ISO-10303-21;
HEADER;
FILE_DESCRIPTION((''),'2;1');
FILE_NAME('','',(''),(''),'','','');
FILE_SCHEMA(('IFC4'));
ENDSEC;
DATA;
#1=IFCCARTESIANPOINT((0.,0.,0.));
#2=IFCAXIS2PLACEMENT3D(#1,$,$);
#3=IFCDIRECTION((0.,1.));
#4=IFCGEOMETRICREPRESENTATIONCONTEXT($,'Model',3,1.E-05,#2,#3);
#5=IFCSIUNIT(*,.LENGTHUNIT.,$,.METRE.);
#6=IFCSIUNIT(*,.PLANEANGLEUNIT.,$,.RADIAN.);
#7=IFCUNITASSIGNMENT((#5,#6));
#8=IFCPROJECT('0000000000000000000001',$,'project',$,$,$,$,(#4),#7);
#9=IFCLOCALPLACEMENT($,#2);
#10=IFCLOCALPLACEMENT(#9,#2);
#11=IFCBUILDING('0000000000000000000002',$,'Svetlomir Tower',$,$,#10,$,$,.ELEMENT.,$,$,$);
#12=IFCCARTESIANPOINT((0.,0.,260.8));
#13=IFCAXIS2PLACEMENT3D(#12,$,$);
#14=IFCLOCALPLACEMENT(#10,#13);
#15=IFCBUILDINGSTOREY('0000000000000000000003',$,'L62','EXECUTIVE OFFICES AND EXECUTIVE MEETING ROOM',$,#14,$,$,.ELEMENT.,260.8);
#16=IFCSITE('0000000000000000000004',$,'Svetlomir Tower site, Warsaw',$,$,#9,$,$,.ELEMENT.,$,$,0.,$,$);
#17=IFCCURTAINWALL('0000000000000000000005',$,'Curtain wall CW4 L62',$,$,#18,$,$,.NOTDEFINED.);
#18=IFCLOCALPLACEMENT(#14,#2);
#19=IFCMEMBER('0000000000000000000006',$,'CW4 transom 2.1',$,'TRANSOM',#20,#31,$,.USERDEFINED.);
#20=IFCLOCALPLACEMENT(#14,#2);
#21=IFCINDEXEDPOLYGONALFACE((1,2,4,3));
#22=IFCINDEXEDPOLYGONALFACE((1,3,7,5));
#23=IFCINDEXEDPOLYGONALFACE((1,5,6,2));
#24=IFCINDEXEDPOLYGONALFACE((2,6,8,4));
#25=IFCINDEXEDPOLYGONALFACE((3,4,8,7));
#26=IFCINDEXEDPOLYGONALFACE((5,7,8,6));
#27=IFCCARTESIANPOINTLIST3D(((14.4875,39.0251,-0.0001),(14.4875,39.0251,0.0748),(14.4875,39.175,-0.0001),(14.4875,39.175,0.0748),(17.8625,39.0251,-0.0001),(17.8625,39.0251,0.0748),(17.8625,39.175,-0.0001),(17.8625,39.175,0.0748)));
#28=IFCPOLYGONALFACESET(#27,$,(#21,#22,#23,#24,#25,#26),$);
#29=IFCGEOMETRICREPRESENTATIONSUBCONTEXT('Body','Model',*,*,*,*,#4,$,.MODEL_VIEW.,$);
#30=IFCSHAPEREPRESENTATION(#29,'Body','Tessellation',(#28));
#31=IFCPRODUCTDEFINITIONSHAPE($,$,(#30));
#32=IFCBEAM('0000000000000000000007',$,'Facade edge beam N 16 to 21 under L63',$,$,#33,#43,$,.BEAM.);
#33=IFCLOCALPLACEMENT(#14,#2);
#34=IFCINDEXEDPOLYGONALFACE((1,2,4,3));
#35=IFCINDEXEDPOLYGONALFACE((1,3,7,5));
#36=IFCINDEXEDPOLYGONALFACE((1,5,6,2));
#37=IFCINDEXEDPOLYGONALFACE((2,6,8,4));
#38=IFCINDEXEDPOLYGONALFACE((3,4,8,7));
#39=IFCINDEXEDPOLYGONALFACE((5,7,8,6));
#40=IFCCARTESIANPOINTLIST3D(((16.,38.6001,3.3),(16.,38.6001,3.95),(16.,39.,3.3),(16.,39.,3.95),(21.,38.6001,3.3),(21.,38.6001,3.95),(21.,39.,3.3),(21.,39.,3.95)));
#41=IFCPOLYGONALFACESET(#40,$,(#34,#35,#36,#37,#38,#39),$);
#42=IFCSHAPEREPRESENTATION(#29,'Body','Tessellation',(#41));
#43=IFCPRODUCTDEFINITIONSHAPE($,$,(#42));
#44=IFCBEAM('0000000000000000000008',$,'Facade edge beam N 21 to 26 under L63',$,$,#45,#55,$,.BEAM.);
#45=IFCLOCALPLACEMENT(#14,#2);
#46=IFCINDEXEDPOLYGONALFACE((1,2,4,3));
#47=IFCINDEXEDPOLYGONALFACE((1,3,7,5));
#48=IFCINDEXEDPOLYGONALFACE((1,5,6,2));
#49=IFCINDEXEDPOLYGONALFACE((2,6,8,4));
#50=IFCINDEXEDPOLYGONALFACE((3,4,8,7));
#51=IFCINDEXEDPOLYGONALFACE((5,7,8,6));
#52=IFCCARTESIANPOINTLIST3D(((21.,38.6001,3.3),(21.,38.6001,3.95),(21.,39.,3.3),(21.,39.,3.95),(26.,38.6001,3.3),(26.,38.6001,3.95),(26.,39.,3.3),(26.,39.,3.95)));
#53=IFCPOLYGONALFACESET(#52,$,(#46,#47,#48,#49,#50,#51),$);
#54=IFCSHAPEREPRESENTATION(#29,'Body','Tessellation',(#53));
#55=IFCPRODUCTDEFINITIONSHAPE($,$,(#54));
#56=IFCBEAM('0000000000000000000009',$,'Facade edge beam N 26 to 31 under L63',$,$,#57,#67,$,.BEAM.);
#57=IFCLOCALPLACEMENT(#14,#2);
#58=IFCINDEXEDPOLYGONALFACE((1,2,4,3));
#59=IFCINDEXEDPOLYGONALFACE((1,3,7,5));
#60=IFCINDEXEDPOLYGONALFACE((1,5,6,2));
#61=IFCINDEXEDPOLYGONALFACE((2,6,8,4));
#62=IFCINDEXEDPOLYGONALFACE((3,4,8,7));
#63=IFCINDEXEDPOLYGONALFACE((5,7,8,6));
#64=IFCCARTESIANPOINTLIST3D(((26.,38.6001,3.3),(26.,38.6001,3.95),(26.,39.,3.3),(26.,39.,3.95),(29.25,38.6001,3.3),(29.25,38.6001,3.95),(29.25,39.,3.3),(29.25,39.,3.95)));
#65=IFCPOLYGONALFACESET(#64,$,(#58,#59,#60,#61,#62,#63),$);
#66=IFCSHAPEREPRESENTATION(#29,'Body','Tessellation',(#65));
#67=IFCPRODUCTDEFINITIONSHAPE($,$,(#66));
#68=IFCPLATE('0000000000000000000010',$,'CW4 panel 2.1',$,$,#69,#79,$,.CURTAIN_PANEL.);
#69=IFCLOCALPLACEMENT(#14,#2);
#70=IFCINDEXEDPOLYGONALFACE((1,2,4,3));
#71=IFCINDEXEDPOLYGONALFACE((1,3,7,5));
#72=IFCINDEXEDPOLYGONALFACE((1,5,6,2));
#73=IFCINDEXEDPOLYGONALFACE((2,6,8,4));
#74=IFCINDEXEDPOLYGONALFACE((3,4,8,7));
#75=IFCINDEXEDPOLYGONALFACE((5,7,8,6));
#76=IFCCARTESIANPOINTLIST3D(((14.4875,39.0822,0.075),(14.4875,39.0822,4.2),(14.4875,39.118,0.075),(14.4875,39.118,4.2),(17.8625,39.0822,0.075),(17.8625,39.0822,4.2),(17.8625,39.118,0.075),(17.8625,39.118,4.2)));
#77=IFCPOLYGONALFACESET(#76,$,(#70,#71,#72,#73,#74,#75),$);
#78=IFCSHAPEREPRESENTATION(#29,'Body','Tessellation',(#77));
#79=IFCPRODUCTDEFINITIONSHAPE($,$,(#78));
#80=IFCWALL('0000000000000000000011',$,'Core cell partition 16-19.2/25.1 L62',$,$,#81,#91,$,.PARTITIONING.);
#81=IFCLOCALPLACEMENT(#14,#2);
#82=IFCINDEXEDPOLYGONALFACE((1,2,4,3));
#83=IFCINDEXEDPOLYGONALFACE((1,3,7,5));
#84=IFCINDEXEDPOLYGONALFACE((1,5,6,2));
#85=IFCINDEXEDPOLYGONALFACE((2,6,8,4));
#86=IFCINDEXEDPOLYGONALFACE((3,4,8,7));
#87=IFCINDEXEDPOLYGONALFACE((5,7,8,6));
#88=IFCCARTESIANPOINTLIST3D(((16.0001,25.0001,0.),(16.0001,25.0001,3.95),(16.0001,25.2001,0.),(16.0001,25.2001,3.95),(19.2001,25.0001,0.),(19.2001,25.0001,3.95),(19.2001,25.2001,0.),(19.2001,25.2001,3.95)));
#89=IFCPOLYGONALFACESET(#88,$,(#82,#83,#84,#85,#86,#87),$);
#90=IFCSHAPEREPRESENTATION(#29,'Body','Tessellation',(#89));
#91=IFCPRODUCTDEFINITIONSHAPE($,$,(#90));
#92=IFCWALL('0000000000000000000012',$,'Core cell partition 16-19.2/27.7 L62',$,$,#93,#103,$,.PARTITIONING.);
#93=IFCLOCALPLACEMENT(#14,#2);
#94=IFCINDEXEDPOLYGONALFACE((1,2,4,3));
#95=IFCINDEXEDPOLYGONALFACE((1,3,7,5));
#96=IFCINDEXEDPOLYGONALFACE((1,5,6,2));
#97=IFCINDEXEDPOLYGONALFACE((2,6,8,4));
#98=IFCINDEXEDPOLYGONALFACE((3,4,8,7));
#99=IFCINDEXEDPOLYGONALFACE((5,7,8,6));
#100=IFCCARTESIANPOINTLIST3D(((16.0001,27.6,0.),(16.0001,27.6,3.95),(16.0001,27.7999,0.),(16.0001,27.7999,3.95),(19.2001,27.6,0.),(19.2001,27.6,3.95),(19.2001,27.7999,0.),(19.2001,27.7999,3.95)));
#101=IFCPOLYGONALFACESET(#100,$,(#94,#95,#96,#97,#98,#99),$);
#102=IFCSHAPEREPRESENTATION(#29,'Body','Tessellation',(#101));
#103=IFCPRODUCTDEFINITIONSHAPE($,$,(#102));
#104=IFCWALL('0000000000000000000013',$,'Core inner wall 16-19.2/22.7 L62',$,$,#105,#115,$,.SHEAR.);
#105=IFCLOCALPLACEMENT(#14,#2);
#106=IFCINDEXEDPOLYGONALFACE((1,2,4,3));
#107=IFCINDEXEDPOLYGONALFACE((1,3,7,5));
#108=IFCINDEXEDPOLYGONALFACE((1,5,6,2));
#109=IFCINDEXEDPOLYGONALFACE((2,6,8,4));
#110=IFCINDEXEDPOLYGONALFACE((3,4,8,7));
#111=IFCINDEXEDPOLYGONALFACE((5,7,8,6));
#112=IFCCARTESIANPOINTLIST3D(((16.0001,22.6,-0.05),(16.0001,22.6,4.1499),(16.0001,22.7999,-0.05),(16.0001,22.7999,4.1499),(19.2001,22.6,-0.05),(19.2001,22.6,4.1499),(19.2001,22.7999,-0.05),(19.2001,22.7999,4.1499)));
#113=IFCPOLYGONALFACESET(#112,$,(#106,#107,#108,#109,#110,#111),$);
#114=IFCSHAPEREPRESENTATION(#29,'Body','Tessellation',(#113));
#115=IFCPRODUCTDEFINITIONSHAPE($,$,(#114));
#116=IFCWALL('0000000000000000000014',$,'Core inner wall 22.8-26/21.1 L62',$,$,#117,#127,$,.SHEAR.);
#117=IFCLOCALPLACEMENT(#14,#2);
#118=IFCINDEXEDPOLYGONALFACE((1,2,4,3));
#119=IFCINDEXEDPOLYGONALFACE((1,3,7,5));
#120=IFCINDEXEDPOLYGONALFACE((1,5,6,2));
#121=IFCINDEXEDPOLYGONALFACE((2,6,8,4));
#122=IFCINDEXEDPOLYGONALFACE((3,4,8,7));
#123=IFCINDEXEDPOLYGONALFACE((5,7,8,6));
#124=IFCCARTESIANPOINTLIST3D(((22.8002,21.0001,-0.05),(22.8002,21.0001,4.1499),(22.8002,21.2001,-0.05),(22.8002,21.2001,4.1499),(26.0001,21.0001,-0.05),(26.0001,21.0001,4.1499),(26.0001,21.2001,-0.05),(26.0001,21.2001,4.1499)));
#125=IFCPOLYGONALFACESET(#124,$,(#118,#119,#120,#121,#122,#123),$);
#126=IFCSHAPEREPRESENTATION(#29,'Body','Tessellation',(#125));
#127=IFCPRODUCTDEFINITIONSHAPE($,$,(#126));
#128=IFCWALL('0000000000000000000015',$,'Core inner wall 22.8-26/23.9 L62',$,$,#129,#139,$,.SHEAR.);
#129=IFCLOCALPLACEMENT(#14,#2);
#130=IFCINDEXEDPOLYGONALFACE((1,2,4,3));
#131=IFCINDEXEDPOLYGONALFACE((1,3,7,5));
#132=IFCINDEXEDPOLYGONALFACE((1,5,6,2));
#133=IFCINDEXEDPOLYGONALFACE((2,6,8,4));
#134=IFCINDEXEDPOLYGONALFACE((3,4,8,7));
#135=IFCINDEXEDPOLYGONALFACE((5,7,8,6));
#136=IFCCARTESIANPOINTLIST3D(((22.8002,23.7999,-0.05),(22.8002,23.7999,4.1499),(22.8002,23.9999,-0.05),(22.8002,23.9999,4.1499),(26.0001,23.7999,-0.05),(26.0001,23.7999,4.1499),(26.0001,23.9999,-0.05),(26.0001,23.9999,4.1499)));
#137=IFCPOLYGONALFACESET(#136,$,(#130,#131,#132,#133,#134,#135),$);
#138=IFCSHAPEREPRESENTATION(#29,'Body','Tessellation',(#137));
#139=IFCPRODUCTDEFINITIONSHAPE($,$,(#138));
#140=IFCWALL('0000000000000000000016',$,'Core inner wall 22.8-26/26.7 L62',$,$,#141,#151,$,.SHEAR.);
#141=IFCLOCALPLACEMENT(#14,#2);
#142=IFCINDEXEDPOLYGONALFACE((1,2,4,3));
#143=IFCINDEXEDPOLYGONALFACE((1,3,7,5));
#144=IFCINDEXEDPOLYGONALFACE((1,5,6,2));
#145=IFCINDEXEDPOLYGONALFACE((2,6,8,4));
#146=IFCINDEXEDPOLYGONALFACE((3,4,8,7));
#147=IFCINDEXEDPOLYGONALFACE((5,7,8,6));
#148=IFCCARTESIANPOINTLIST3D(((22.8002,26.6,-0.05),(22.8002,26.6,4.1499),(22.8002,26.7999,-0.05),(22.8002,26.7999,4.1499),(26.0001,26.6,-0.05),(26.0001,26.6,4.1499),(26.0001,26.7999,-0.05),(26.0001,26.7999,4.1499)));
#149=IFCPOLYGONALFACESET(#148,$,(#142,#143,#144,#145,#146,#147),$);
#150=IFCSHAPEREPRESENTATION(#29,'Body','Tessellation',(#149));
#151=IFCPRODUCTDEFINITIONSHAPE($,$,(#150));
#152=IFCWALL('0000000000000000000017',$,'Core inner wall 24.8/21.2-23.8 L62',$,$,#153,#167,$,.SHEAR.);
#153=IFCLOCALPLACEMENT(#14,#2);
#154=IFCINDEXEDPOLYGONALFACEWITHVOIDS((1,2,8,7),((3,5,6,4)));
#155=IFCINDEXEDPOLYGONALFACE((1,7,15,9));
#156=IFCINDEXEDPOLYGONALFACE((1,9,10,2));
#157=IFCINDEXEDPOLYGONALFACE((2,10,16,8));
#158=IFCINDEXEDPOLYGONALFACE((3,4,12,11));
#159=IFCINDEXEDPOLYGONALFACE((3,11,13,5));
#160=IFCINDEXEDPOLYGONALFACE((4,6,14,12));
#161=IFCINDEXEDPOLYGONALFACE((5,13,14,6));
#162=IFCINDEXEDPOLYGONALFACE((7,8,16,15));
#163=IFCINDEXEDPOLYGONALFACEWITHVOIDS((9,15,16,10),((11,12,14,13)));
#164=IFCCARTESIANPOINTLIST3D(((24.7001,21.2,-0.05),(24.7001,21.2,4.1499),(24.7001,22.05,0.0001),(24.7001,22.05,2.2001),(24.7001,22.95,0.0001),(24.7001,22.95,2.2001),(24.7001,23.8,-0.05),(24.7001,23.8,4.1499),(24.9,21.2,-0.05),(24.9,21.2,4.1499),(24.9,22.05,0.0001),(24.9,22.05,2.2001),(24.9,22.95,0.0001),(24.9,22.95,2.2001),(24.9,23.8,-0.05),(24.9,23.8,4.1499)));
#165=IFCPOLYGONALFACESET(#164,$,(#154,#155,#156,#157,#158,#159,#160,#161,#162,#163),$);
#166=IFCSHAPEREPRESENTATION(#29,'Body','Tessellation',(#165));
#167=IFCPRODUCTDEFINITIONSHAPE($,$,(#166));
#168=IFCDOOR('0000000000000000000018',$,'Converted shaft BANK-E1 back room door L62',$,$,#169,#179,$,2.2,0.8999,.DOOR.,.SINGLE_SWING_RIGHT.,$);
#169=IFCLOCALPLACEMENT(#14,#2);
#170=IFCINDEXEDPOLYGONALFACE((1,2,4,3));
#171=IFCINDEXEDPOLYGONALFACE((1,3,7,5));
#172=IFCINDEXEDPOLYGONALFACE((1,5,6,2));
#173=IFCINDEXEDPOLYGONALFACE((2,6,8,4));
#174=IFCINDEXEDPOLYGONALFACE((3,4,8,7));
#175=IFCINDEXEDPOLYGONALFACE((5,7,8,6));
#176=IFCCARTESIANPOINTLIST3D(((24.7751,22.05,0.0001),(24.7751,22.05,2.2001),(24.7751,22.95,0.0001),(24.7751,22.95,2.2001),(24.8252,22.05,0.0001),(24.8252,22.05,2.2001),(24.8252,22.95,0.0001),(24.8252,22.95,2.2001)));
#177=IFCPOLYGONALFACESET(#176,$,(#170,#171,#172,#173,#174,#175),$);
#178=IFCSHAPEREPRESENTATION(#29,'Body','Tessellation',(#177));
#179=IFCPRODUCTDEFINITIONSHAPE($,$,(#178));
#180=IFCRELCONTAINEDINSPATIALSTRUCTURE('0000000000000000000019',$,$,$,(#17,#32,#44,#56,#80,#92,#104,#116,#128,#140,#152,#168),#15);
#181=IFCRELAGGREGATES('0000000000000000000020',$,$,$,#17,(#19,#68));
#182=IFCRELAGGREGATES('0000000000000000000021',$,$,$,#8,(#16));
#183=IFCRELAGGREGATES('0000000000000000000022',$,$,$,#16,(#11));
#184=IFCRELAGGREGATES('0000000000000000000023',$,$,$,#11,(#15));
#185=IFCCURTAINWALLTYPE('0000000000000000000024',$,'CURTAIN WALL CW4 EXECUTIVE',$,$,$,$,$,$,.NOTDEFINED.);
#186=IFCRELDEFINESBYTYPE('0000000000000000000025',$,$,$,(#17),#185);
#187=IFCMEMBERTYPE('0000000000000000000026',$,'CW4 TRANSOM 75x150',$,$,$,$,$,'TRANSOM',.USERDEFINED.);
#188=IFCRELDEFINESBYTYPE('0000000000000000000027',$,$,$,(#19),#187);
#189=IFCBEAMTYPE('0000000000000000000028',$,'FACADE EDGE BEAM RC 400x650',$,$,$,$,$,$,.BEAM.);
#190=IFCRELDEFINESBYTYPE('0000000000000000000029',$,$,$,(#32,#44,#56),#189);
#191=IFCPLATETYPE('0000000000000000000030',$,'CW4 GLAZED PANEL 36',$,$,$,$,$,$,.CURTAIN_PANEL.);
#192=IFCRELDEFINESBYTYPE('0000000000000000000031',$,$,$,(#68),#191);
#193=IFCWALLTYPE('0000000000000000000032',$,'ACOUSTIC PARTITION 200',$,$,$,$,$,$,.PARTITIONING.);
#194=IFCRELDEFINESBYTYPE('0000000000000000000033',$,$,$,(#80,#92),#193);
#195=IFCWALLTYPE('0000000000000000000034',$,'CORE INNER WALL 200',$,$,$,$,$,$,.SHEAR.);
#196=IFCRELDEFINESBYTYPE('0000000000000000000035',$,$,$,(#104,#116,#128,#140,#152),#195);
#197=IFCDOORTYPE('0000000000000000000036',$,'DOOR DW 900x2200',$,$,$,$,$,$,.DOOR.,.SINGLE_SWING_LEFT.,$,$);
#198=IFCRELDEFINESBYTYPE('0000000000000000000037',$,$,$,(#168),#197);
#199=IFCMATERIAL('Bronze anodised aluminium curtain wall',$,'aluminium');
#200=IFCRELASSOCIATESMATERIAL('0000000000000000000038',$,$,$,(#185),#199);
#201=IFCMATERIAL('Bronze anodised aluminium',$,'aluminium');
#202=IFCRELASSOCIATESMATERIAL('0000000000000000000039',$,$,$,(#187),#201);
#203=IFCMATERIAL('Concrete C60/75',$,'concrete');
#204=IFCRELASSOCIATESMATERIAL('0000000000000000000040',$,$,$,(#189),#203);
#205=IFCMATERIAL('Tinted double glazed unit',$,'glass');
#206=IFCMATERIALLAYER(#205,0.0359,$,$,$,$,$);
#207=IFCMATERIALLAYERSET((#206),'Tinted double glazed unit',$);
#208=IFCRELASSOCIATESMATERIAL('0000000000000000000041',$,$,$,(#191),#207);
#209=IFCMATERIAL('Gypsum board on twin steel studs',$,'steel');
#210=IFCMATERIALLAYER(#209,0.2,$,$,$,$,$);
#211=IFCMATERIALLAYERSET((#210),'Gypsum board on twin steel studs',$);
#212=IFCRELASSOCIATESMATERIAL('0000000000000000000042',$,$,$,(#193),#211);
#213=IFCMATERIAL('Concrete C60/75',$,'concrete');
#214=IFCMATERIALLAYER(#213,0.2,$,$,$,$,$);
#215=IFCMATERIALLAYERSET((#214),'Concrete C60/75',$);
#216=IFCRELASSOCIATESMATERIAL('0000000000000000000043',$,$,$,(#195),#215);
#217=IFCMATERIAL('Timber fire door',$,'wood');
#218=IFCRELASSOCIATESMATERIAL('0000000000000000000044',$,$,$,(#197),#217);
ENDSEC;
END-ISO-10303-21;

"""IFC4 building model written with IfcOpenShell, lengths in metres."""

from ifc_helpers import new_model, si_unit, direction, frame, frame_2d, origin, origin_2d, place, context, subcontext, project, spatial, rectangle, extrude, material, layer, layer_set, material_profile, profile_set, type_object, element, fill, aggregate, save


model = new_model("IFC4")

# Units and contexts
model_context = context("Model", 3, precision=1e-05, world=origin(), true_north=direction((0.0, 1.0)))
body_context = subcontext(model_context, "Body", "Model", "MODEL_VIEW")
ifc_project = project(units=[si_unit("LENGTHUNIT", "METRE"), si_unit("PLANEANGLEUNIT", "RADIAN")], contexts=[model_context])

# Site, building, storey
site_placement = place(None, origin())
site = spatial("IfcSite", under=ifc_project, at=site_placement, Name="Svetlomir Tower site, Warsaw", CompositionType="ELEMENT", RefElevation=0.0)
building_placement = place(site_placement, origin())
building = spatial("IfcBuilding", under=site, at=building_placement, Name="Svetlomir Tower", CompositionType="ELEMENT")
storey_placement = place(building_placement, frame((0.0, 0.0, 260.8)))
storey = spatial("IfcBuildingStorey", under=building, at=storey_placement, Name="L62", Description="EXECUTIVE OFFICES AND EXECUTIVE MEETING ROOM", CompositionType="ELEMENT", Elevation=260.8)

# Curtain wall, member
ifc_material_1 = material(Name="Bronze anodised aluminium curtain wall", Category="aluminium")
curtain_wall_type = type_object("IfcCurtainWallType", Name="CURTAIN WALL CW4 EXECUTIVE", PredefinedType="NOTDEFINED", material=ifc_material_1)
curtain_wall_placement = place(storey_placement, origin())
curtain_wall = element("IfcCurtainWall", 1, at=curtain_wall_placement, inside=storey, type_object=curtain_wall_type, Name="Curtain wall CW4 L62", PredefinedType="NOTDEFINED")
ifc_material_2 = material(Name="Bronze anodised aluminium", Category="aluminium")
ifc_material_profile_1 = material_profile(ifc_material_2, rectangle(XDim=0.1499, YDim=0.075, at=origin_2d()), Name="AL 150x75")
ifc_profile_set_1 = profile_set([ifc_material_profile_1], Name="Bronze anodised aluminium 6063-T6")
member_type = type_object("IfcMemberType", Name="CW4 TRANSOM 75x150", ElementType="TRANSOM", PredefinedType="USERDEFINED", material=ifc_profile_set_1)
member_placement = place(storey_placement, frame((17.8625, 39.1001, 0.0374), z_axis=(-1.0, 0.0, 0.0), x_axis=(0.0, -1.0, 0.0)))
member = element("IfcMember", 2, at=member_placement, type_object=member_type, Name="CW4 transom 2.1", ObjectType="TRANSOM", PredefinedType="USERDEFINED", context=body_context, shape_type="SweptSolid", body=[
    extrude(rectangle(XDim=0.1499, YDim=0.075, at=origin_2d()), origin(), (0.0, 0.0, 1.0), 3.375),
])

# Beams
ifc_material_3 = material(Name="Concrete C60/75", Category="concrete")
ifc_material_profile_2 = material_profile(ifc_material_3, rectangle(XDim=0.3999, YDim=0.6499, at=origin_2d()), Name="RC 400x650")
ifc_profile_set_2 = profile_set([ifc_material_profile_2], Name="Concrete C60/75")
beam_type = type_object("IfcBeamType", Name="FACADE EDGE BEAM RC 400x650", PredefinedType="BEAM", material=ifc_profile_set_2)
for number, where, z_axis, x_axis, name in (
    (3, (16.0, 38.8, 3.625), (1.0, 0.0, 0.0), (0.0, 1.0, 0.0), "Facade edge beam N 16 to 21 under L63"),
    (4, (21.0, 38.8, 3.625), (1.0, 0.0, 0.0), (0.0, 1.0, 0.0), "Facade edge beam N 21 to 26 under L63"),
):
    element("IfcBeam", number, at=place(storey_placement, frame(where, z_axis=z_axis, x_axis=x_axis)), inside=storey, type_object=beam_type, Name=name, PredefinedType="BEAM", context=body_context, shape_type="SweptSolid", body=[
        extrude(rectangle(XDim=0.3999, YDim=0.6499, at=origin_2d()), origin(), (0.0, 0.0, 1.0), 5.0),
    ])
beam_placement = place(storey_placement, frame((26.0, 38.8, 3.625), z_axis=(1.0, 0.0, 0.0), x_axis=(0.0, 1.0, 0.0)))
element("IfcBeam", 5, at=beam_placement, inside=storey, type_object=beam_type, Name="Facade edge beam N 26 to 31 under L63", PredefinedType="BEAM", context=body_context, shape_type="SweptSolid", body=[
    extrude(rectangle(XDim=0.3999, YDim=0.6499, at=origin_2d()), origin(), (0.0, 0.0, 1.0), 3.25),
])

# Plate
ifc_material_4 = material(Name="Tinted double glazed unit", Category="glass")
ifc_layer_1 = layer(ifc_material_4, 0.0359)
ifc_layer_set_1 = layer_set([ifc_layer_1], Name="Tinted double glazed unit")
plate_type = type_object("IfcPlateType", Name="CW4 GLAZED PANEL 36", PredefinedType="CURTAIN_PANEL", material=ifc_layer_set_1)
plate_placement = place(storey_placement, frame((16.175, 39.1001, 0.075), z_axis=(0.0, 0.0, 1.0), x_axis=(-1.0, 0.0, 0.0)))
plate = element("IfcPlate", 6, at=plate_placement, type_object=plate_type, Name="CW4 panel 2.1", PredefinedType="CURTAIN_PANEL", context=body_context, shape_type="SweptSolid", body=[
    extrude(rectangle(XDim=3.375, YDim=0.0359, at=origin_2d()), origin(), (0.0, 0.0, 1.0), 4.125),
])
aggregate(curtain_wall, [member, plate])

# Walls
ifc_material_5 = material(Name="Gypsum board on twin steel studs", Category="steel")
ifc_layer_2 = layer(ifc_material_5, 0.2)
ifc_layer_set_2 = layer_set([ifc_layer_2], Name="Gypsum board on twin steel studs")
wall_type_1 = type_object("IfcWallType", Name="ACOUSTIC PARTITION 200", PredefinedType="PARTITIONING", material=ifc_layer_set_2)
for number, where, z_axis, x_axis, name in (
    (7, (16.0, 25.1001, 0.0), (0.0, 0.0, 1.0), (1.0, 0.0, 0.0), "Core cell partition 16-19.2/25.1 L62"),
    (8, (16.0, 27.7, 0.0), (0.0, 0.0, 1.0), (1.0, 0.0, 0.0), "Core cell partition 16-19.2/27.7 L62"),
):
    element("IfcWall", number, at=place(storey_placement, frame(where, z_axis=z_axis, x_axis=x_axis)), inside=storey, type_object=wall_type_1, Name=name, PredefinedType="PARTITIONING", context=body_context, shape_type="SweptSolid", body=[
        extrude(rectangle(XDim=3.2, YDim=0.2, at=frame_2d((1.6001, 0.0))), origin(), (0.0, 0.0, 1.0), 3.95),
    ])
ifc_material_6 = material(Name="Concrete C60/75", Category="concrete")
ifc_layer_3 = layer(ifc_material_6, 0.2)
ifc_layer_set_3 = layer_set([ifc_layer_3], Name="Concrete C60/75")
wall_type_2 = type_object("IfcWallType", Name="CORE INNER WALL 200", PredefinedType="SHEAR", material=ifc_layer_set_3)
for number, where, z_axis, x_axis, name in (
    (9, (16.0, 22.7, -0.05), (0.0, 0.0, 1.0), (1.0, 0.0, 0.0), "Core inner wall 16-19.2/22.7 L62"),
    (10, (22.8, 21.1001, -0.05), (0.0, 0.0, 1.0), (1.0, 0.0, 0.0), "Core inner wall 22.8-26/21.1 L62"),
    (11, (22.8, 23.8999, -0.05), (0.0, 0.0, 1.0), (1.0, 0.0, 0.0), "Core inner wall 22.8-26/23.9 L62"),
    (12, (22.8, 26.7, -0.05), (0.0, 0.0, 1.0), (1.0, 0.0, 0.0), "Core inner wall 22.8-26/26.7 L62"),
):
    element("IfcWall", number, at=place(storey_placement, frame(where, z_axis=z_axis, x_axis=x_axis)), inside=storey, type_object=wall_type_2, Name=name, PredefinedType="SHEAR", context=body_context, shape_type="SweptSolid", body=[
        extrude(rectangle(XDim=3.2, YDim=0.2, at=frame_2d((1.6001, 0.0))), origin(), (0.0, 0.0, 1.0), 4.2),
    ])

# Wall, opening, door
wall_1_placement = place(storey_placement, frame((24.8, 21.2, -0.05), z_axis=(0.0, 0.0, 1.0), x_axis=(0.0, 1.0, 0.0)))
wall_1 = element("IfcWall", 13, at=wall_1_placement, inside=storey, type_object=wall_type_2, Name="Core inner wall 24.8/21.2-23.8 L62", PredefinedType="SHEAR", context=body_context, shape_type="SweptSolid", body=[
    extrude(rectangle(XDim=2.6001, YDim=0.2, at=frame_2d((1.3, 0.0))), origin(), (0.0, 0.0, 1.0), 4.2),
])
opening_1_placement = place(wall_1_placement, frame((0.8501, 0.0, 0.05)))
opening_1 = element("IfcOpeningElement", 14, at=opening_1_placement, cuts=wall_1, PredefinedType="OPENING", context=body_context, shape_type="SweptSolid", body=[
    extrude(rectangle(XDim=0.8999, YDim=2.2, at=frame_2d((0.45, 1.1001))), frame((0.0, 0.1099, 0.0), z_axis=(0.0, -1.0, 0.0), x_axis=(1.0, 0.0, 0.0)), (0.0, 0.0, 1.0), 0.22),
])
ifc_material_7 = material(Name="Timber fire door", Category="wood")
door_type_1 = type_object("IfcDoorType", Name="DOOR DW 900x2200", OperationType="SINGLE_SWING_LEFT", PredefinedType="DOOR", material=ifc_material_7)
door_1_placement = place(opening_1_placement, origin())
door_1 = element("IfcDoor", 15, at=door_1_placement, inside=storey, type_object=door_type_1, Name="Converted shaft BANK-E1 back room door L62", OperationType="SINGLE_SWING_RIGHT", OverallHeight=2.2, OverallWidth=0.8999, PredefinedType="DOOR", context=body_context, shape_type="SweptSolid", body=[
    extrude(rectangle(XDim=0.8999, YDim=2.2, at=frame_2d((0.45, 1.1001))), frame((0.0, 0.0249, 0.0), z_axis=(0.0, -1.0, 0.0), x_axis=(1.0, 0.0, 0.0)), (0.0, 0.0, 1.0), 0.05),
])
fill(opening_1, door_1)

save(model, "model.ifc")
